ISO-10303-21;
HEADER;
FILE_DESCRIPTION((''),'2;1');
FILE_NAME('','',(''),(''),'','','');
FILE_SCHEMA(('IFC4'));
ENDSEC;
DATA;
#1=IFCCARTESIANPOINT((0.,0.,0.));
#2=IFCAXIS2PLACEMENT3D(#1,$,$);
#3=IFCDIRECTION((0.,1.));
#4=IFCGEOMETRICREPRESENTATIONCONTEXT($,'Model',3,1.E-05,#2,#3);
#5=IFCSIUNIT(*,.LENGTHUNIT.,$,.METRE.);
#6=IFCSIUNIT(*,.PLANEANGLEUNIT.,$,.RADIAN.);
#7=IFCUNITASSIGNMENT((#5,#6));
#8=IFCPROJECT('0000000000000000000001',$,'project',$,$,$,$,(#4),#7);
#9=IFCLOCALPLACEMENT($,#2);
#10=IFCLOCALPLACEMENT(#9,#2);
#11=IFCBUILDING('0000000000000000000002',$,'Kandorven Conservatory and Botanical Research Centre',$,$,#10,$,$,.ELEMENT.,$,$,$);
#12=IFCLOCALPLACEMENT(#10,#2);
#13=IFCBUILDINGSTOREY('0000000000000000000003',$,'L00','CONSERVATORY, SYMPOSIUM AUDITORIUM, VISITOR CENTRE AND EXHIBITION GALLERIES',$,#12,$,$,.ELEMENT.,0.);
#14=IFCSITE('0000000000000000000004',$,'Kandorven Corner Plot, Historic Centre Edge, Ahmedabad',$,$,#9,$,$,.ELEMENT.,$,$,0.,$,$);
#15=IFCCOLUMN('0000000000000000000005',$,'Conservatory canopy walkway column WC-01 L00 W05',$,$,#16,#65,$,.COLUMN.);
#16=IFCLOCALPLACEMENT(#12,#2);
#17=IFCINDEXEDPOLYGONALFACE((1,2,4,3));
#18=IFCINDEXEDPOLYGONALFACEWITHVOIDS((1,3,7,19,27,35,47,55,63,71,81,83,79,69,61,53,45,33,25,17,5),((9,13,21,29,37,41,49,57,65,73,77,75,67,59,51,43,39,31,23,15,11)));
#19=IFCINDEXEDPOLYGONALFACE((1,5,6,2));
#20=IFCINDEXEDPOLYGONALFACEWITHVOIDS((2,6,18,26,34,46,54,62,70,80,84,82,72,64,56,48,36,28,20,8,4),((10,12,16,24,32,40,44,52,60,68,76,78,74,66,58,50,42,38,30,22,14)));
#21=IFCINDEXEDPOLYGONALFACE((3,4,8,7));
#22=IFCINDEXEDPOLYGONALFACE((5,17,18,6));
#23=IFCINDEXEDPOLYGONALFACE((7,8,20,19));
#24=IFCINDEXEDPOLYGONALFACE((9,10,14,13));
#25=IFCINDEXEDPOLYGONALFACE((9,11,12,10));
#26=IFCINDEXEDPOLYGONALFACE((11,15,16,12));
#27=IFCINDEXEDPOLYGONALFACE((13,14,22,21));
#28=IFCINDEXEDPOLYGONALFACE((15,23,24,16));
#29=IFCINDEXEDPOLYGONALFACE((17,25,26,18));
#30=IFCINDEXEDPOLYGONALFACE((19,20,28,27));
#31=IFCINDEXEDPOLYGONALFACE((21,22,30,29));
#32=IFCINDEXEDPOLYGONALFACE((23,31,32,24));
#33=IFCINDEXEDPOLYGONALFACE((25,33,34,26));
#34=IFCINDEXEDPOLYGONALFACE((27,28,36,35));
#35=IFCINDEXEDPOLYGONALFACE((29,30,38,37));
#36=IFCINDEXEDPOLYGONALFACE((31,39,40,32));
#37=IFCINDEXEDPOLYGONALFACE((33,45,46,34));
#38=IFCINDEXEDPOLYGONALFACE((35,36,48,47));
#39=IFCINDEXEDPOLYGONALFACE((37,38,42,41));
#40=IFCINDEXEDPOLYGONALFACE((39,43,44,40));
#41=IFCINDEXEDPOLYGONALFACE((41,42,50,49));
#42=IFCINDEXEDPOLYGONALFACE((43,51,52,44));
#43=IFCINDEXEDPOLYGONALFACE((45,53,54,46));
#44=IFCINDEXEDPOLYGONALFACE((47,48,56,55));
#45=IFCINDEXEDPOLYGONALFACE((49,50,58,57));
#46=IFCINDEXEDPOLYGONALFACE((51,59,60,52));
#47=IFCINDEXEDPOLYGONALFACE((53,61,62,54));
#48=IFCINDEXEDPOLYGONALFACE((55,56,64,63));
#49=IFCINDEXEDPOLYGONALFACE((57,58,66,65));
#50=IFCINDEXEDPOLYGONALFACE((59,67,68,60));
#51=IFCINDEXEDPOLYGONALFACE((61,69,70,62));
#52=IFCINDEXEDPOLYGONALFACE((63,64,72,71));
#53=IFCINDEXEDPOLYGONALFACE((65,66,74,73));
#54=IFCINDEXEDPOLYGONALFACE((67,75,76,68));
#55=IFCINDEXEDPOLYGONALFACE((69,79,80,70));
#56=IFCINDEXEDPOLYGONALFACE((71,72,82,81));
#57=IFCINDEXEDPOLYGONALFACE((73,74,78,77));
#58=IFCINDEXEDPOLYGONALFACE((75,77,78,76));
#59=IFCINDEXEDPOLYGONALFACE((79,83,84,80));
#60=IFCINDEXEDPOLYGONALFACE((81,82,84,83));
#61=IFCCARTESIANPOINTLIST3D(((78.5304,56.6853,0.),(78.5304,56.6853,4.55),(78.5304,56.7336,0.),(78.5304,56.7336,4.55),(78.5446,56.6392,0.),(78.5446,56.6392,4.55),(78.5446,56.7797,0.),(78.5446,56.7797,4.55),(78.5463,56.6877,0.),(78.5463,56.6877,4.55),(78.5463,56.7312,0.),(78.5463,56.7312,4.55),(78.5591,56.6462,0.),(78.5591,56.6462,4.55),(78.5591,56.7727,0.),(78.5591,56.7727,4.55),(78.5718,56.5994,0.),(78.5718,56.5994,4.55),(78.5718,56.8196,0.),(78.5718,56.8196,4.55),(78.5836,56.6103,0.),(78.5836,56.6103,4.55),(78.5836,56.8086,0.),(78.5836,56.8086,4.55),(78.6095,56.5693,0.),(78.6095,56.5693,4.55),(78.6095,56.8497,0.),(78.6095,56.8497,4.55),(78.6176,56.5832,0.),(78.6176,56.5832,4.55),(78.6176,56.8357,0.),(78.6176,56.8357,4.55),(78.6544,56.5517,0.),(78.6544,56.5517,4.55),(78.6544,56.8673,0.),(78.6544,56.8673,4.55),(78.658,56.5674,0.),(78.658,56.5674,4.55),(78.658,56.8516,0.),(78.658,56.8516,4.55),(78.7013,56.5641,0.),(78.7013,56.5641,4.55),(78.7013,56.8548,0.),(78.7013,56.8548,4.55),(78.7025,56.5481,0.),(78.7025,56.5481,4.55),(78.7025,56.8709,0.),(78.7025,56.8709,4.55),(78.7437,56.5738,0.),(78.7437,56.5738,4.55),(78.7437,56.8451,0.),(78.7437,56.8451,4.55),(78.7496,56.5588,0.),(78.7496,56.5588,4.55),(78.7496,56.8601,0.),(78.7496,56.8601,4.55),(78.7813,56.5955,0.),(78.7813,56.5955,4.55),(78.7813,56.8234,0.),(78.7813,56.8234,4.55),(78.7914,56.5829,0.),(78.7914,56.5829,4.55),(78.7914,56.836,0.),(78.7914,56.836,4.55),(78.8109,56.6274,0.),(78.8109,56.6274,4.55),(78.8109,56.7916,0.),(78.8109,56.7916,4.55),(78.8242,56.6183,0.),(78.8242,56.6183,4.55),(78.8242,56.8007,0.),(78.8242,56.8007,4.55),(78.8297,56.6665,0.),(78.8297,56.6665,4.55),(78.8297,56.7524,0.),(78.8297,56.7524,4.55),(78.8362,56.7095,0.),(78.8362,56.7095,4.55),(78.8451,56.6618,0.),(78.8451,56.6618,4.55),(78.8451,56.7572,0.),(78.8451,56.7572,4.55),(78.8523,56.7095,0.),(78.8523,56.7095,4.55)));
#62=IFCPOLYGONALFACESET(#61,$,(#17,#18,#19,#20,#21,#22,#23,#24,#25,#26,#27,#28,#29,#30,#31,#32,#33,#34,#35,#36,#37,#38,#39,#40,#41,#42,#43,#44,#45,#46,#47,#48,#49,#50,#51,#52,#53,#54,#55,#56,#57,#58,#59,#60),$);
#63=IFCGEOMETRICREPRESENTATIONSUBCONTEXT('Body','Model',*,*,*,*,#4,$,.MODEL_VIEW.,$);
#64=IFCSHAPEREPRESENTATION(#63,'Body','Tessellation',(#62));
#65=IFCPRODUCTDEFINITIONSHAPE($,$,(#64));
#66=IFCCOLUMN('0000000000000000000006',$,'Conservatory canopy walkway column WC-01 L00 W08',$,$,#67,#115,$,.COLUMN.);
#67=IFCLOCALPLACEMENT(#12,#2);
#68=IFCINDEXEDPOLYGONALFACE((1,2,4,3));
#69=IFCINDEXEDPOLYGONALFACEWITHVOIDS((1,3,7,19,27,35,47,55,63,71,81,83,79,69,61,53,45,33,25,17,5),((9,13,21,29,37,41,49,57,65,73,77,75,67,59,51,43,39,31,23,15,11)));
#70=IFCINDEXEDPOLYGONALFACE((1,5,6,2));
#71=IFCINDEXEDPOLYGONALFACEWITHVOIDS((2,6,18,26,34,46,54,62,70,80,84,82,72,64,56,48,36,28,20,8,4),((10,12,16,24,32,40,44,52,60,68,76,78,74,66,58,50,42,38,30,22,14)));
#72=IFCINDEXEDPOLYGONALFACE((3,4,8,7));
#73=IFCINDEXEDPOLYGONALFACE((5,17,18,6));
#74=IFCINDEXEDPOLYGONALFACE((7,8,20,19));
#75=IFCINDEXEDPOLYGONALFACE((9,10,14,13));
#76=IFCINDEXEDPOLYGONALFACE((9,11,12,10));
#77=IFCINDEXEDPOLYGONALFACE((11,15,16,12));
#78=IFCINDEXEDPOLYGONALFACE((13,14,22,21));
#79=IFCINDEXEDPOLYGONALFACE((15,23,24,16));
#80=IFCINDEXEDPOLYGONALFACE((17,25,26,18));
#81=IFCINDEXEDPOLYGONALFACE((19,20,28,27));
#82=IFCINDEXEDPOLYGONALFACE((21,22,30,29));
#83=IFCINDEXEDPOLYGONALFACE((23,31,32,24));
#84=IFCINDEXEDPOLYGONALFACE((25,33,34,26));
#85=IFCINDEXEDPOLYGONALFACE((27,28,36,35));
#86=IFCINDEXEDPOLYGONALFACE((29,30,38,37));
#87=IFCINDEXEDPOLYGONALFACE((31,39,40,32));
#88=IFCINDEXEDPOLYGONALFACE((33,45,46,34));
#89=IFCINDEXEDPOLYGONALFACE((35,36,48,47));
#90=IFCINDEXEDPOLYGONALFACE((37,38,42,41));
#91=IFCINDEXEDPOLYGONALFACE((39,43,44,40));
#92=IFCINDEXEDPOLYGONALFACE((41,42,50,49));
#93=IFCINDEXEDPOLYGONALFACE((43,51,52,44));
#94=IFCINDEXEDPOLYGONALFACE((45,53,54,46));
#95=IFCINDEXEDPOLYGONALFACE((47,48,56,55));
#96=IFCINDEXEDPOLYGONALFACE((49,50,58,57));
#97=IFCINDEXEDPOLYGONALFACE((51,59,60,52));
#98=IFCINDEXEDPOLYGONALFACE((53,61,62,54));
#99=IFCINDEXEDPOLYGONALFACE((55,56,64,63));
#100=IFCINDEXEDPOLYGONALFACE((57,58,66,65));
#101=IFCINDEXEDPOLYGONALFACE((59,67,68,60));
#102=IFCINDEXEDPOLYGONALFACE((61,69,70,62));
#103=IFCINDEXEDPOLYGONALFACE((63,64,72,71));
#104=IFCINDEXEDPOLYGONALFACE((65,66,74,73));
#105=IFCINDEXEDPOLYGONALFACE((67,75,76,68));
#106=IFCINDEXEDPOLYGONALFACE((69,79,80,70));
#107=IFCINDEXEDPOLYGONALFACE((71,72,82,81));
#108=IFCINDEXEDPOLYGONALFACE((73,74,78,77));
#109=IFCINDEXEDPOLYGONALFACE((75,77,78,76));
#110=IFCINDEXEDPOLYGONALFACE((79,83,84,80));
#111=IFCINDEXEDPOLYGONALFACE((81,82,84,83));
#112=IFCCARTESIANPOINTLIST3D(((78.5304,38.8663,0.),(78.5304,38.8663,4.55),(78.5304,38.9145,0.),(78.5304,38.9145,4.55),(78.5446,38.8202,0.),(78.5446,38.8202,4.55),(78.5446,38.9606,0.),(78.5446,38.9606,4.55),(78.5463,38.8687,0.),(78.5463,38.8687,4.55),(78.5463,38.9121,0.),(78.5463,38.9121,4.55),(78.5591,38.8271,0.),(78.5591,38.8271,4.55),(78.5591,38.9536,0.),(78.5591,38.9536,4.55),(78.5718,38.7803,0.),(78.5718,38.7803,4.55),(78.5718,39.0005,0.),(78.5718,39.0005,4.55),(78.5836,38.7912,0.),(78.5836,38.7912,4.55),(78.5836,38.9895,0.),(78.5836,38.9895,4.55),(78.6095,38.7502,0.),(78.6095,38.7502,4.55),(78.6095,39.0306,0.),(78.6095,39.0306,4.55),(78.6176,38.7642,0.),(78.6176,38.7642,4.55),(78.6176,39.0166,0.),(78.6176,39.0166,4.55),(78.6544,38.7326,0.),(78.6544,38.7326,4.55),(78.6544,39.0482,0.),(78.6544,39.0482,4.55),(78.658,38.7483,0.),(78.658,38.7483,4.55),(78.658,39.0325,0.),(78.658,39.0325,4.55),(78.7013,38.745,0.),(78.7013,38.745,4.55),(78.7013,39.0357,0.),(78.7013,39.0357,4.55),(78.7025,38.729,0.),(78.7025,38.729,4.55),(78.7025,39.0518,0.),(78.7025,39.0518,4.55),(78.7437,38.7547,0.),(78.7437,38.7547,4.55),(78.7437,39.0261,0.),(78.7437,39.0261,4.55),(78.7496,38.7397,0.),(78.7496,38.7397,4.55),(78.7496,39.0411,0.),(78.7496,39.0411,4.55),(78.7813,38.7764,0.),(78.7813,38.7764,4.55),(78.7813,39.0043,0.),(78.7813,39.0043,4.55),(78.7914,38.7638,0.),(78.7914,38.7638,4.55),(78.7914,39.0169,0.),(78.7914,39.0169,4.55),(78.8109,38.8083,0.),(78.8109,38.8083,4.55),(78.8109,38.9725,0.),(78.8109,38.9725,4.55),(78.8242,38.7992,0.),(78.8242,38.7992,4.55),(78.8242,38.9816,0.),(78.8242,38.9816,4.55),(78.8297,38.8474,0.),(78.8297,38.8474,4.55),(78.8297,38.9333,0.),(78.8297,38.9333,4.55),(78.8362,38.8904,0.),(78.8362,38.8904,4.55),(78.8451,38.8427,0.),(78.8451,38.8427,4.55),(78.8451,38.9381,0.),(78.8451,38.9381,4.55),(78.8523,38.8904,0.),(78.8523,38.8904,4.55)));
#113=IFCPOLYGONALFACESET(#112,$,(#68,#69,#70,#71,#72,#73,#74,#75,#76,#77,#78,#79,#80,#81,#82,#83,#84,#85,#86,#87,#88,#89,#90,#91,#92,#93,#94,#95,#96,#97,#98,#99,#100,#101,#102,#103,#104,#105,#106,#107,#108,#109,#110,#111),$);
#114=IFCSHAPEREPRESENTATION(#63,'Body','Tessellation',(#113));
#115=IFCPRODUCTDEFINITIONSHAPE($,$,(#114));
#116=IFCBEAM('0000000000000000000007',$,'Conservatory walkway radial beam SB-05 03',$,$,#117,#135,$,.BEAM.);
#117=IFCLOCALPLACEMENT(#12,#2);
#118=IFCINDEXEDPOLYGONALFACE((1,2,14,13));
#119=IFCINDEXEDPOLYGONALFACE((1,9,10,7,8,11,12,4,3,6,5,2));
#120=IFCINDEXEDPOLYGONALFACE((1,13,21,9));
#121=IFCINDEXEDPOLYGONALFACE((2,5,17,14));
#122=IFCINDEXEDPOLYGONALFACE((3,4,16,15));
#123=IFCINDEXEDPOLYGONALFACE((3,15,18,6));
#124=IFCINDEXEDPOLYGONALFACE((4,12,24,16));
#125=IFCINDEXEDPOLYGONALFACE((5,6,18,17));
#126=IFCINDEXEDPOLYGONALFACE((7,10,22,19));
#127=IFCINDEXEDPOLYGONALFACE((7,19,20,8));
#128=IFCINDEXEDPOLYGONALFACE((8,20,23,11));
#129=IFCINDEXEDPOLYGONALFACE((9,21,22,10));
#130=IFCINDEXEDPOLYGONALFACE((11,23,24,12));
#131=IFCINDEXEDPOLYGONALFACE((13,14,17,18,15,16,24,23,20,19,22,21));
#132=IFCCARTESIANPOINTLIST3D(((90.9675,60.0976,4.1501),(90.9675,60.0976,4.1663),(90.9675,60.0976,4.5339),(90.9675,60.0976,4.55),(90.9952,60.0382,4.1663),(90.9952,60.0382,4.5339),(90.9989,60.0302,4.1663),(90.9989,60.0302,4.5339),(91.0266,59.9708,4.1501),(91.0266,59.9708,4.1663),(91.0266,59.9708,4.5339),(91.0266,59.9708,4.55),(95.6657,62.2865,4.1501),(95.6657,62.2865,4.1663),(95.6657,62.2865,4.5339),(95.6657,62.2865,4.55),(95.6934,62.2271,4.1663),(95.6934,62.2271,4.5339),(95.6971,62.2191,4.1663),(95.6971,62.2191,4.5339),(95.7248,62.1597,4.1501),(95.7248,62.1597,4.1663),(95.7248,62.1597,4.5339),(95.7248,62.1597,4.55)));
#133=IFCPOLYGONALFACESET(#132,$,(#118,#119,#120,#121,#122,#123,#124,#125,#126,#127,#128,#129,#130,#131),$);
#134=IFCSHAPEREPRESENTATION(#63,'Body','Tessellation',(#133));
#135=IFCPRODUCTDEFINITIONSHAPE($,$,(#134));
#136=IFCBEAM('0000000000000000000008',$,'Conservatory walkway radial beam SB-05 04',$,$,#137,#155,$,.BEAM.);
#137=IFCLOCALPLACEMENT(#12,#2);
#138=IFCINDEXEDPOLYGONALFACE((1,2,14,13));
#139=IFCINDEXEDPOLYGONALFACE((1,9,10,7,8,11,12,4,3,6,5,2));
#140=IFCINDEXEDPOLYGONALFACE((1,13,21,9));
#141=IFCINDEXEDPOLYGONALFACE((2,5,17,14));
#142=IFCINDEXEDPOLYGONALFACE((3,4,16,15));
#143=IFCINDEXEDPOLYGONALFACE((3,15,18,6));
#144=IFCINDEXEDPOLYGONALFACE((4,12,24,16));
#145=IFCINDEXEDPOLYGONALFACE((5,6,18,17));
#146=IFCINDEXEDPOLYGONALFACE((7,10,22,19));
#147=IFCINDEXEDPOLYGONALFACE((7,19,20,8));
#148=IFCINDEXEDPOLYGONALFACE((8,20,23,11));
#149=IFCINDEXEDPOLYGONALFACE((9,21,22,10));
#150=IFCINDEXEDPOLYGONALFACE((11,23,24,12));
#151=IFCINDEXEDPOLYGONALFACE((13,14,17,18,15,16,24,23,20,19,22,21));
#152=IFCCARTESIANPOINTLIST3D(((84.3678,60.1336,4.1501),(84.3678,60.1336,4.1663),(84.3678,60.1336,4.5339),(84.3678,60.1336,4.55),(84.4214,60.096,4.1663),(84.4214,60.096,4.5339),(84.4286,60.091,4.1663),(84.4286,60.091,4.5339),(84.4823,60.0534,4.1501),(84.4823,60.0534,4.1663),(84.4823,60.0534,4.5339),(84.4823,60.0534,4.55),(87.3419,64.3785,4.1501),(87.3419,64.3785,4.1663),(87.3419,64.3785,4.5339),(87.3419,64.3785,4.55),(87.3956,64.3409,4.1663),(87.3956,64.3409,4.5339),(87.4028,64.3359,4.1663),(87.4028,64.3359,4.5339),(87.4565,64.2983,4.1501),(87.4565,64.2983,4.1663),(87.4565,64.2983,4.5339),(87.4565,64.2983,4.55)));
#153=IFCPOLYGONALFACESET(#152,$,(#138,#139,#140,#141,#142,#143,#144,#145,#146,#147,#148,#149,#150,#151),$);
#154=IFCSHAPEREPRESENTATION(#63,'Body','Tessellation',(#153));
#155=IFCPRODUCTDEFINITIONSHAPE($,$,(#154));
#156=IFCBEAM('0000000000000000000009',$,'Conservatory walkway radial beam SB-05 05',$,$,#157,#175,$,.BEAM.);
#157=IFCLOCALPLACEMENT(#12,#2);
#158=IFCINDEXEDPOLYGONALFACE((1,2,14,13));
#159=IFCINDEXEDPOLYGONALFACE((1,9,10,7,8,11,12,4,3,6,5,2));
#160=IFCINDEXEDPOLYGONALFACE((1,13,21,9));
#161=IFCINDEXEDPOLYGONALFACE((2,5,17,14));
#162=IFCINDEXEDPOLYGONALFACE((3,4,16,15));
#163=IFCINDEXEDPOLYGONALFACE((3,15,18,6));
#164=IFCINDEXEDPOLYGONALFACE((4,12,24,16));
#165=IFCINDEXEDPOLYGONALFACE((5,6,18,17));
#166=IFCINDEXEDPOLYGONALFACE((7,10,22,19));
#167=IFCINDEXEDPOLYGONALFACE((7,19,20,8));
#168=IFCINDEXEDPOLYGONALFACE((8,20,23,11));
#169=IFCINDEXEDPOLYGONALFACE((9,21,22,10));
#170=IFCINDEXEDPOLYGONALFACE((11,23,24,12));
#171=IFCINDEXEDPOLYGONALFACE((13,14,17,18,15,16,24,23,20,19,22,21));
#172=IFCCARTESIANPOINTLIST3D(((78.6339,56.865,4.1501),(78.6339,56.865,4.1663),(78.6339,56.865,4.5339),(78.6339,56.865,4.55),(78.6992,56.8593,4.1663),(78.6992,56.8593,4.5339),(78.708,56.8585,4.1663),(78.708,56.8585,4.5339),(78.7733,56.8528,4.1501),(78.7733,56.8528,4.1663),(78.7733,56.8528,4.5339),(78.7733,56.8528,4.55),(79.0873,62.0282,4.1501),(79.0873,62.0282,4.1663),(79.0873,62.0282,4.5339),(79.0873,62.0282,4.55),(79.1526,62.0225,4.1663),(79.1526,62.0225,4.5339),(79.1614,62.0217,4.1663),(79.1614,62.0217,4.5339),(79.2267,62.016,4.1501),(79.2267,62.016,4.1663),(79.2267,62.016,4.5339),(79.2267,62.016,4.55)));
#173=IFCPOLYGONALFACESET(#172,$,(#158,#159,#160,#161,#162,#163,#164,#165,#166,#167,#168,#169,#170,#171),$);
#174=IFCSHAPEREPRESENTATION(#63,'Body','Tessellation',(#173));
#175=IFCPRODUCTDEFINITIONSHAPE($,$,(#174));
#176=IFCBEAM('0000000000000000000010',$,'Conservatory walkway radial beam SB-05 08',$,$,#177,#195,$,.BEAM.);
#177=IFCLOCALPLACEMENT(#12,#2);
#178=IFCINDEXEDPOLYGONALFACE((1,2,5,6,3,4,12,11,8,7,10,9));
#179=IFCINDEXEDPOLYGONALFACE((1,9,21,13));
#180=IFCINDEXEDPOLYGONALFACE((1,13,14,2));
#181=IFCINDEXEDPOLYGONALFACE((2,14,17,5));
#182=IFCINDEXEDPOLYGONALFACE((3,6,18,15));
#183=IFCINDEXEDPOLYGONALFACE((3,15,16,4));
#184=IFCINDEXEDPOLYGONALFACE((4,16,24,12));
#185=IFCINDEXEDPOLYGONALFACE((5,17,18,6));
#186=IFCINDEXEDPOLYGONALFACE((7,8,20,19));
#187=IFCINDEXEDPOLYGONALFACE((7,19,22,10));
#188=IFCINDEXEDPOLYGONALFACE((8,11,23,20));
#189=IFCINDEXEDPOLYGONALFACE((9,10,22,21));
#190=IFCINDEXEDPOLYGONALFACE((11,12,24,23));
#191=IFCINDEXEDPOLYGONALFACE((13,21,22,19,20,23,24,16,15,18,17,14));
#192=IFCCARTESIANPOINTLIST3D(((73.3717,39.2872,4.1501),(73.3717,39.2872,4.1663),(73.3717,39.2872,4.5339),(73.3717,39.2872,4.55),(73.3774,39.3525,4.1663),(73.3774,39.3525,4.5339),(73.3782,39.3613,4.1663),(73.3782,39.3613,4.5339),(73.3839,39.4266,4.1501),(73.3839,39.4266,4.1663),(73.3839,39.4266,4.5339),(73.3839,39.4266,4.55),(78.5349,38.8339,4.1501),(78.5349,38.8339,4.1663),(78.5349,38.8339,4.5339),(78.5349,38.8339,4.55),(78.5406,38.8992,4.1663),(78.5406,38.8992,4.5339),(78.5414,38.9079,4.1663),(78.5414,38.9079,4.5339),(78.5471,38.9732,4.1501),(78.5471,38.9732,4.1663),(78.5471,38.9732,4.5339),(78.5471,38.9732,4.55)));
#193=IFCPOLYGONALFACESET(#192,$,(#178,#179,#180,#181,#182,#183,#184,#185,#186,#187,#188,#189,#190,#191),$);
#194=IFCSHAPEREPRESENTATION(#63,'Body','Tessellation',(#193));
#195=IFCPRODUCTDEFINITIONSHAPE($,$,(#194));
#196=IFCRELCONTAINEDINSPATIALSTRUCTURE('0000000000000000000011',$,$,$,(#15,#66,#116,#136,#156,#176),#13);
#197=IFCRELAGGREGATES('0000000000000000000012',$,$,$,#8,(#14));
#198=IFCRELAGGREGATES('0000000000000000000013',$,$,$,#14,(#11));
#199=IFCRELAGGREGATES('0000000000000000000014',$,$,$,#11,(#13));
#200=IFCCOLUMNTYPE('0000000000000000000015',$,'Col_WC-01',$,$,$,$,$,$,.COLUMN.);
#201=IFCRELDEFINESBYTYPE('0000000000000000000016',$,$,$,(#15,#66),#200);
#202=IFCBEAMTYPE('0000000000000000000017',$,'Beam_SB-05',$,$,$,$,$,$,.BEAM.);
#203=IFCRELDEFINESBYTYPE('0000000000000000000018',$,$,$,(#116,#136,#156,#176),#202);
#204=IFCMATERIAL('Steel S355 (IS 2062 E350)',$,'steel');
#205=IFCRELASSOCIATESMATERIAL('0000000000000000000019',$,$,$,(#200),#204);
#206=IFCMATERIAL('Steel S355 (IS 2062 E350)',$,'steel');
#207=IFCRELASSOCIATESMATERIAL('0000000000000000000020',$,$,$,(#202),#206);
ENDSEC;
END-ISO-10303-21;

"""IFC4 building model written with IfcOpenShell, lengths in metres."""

from ifc_helpers import new_model, si_unit, direction, frame, origin, origin_2d, place, context, subcontext, project, spatial, hollow_circle, i_section, extrude, material, material_profile, profile_set, type_object, element, save


model = new_model("IFC4")

# Units and contexts
model_context = context("Model", 3, precision=1e-05, world=origin(), true_north=direction((0.0, 1.0)))
body_context = subcontext(model_context, "Body", "Model", "MODEL_VIEW")
ifc_project = project(units=[si_unit("LENGTHUNIT", "METRE"), si_unit("PLANEANGLEUNIT", "RADIAN")], contexts=[model_context])

# Site, building, storey
site_placement = place(None, origin())
site = spatial("IfcSite", under=ifc_project, at=site_placement, Name="Kandorven Corner Plot, Historic Centre Edge, Ahmedabad", CompositionType="ELEMENT", RefElevation=0.0)
building_placement = place(site_placement, origin())
building = spatial("IfcBuilding", under=site, at=building_placement, Name="Kandorven Conservatory and Botanical Research Centre", CompositionType="ELEMENT")
storey_placement = place(building_placement, origin())
storey = spatial("IfcBuildingStorey", under=building, at=storey_placement, Name="L00", Description="CONSERVATORY, SYMPOSIUM AUDITORIUM, VISITOR CENTRE AND EXHIBITION GALLERIES", CompositionType="ELEMENT", Elevation=0.0)

# Columns
ifc_material_1 = material(Name="Steel S355 (IS 2062 E350)", Category="steel")
ifc_material_profile_1 = material_profile(ifc_material_1, hollow_circle(Radius=0.1619, WallThickness=0.0161, at=origin_2d()))
ifc_profile_set_1 = profile_set([ifc_material_profile_1], Name="Steel S355 (IS 2062 E350)")
column_type_1 = type_object("IfcColumnType", Name="Col_WC-01", PredefinedType="COLUMN", material=ifc_profile_set_1)
for number, where, z_axis, x_axis, name in (
    (1, (78.6904, 56.7095, 0.0), (0.0, 0.0, 1.0), (1.0, 0.0, 0.0), "Conservatory canopy walkway column WC-01 L00 W05"),
    (2, (78.6904, 38.8904, 0.0), (0.0, 0.0, 1.0), (1.0, 0.0, 0.0), "Conservatory canopy walkway column WC-01 L00 W08"),
):
    element("IfcColumn", number, at=place(storey_placement, frame(where, z_axis=z_axis, x_axis=x_axis)), inside=storey, type_object=column_type_1, Name=name, PredefinedType="COLUMN", context=body_context, shape_type="SweptSolid", body=[
        extrude(hollow_circle(Radius=0.1619, WallThickness=0.0161, at=origin_2d()), origin(), (0.0, 0.0, 1.0), 4.55),
    ])

# Beams
ifc_material_2 = material(Name="Steel S355 (IS 2062 E350)", Category="steel")
ifc_material_profile_2 = material_profile(ifc_material_2, i_section(OverallWidth=0.1399, OverallDepth=0.3999, WebThickness=0.0088, FlangeThickness=0.0161, at=origin_2d()))
ifc_profile_set_2 = profile_set([ifc_material_profile_2], Name="Steel S355 (IS 2062 E350)")
beam_type_1 = type_object("IfcBeamType", Name="Beam_SB-05", PredefinedType="BEAM", material=ifc_profile_set_2)
for number, where, z_axis, x_axis, name in (
    (3, (90.9971, 60.0342, 4.3501), (0.906445, 0.422323, 0.0), (-0.422323, 0.906445, 0.0), "Conservatory walkway radial beam SB-05 03"),
    (4, (84.425, 60.0935, 4.3501), (0.573813, 0.818986, 0.0), (-0.818986, 0.573813, 0.0), "Conservatory walkway radial beam SB-05 04"),
    (5, (78.7036, 56.8589, 4.3501), (0.087469, 0.996167, 0.0), (-0.996167, 0.087469, 0.0), "Conservatory walkway radial beam SB-05 05"),
    (6, (78.541, 38.9036, 4.3501), (-0.996167, 0.087469, 0.0), (-0.087469, -0.996167, 0.0), "Conservatory walkway radial beam SB-05 08"),
):
    element("IfcBeam", number, at=place(storey_placement, frame(where, z_axis=z_axis, x_axis=x_axis)), inside=storey, type_object=beam_type_1, Name=name, PredefinedType="BEAM", context=body_context, shape_type="SweptSolid", body=[
        extrude(i_section(OverallWidth=0.1399, OverallDepth=0.3999, WebThickness=0.0088, FlangeThickness=0.0161, at=origin_2d()), origin(), (0.0, 0.0, 1.0), 5.1831),
    ])

save(model, "model.ifc")
